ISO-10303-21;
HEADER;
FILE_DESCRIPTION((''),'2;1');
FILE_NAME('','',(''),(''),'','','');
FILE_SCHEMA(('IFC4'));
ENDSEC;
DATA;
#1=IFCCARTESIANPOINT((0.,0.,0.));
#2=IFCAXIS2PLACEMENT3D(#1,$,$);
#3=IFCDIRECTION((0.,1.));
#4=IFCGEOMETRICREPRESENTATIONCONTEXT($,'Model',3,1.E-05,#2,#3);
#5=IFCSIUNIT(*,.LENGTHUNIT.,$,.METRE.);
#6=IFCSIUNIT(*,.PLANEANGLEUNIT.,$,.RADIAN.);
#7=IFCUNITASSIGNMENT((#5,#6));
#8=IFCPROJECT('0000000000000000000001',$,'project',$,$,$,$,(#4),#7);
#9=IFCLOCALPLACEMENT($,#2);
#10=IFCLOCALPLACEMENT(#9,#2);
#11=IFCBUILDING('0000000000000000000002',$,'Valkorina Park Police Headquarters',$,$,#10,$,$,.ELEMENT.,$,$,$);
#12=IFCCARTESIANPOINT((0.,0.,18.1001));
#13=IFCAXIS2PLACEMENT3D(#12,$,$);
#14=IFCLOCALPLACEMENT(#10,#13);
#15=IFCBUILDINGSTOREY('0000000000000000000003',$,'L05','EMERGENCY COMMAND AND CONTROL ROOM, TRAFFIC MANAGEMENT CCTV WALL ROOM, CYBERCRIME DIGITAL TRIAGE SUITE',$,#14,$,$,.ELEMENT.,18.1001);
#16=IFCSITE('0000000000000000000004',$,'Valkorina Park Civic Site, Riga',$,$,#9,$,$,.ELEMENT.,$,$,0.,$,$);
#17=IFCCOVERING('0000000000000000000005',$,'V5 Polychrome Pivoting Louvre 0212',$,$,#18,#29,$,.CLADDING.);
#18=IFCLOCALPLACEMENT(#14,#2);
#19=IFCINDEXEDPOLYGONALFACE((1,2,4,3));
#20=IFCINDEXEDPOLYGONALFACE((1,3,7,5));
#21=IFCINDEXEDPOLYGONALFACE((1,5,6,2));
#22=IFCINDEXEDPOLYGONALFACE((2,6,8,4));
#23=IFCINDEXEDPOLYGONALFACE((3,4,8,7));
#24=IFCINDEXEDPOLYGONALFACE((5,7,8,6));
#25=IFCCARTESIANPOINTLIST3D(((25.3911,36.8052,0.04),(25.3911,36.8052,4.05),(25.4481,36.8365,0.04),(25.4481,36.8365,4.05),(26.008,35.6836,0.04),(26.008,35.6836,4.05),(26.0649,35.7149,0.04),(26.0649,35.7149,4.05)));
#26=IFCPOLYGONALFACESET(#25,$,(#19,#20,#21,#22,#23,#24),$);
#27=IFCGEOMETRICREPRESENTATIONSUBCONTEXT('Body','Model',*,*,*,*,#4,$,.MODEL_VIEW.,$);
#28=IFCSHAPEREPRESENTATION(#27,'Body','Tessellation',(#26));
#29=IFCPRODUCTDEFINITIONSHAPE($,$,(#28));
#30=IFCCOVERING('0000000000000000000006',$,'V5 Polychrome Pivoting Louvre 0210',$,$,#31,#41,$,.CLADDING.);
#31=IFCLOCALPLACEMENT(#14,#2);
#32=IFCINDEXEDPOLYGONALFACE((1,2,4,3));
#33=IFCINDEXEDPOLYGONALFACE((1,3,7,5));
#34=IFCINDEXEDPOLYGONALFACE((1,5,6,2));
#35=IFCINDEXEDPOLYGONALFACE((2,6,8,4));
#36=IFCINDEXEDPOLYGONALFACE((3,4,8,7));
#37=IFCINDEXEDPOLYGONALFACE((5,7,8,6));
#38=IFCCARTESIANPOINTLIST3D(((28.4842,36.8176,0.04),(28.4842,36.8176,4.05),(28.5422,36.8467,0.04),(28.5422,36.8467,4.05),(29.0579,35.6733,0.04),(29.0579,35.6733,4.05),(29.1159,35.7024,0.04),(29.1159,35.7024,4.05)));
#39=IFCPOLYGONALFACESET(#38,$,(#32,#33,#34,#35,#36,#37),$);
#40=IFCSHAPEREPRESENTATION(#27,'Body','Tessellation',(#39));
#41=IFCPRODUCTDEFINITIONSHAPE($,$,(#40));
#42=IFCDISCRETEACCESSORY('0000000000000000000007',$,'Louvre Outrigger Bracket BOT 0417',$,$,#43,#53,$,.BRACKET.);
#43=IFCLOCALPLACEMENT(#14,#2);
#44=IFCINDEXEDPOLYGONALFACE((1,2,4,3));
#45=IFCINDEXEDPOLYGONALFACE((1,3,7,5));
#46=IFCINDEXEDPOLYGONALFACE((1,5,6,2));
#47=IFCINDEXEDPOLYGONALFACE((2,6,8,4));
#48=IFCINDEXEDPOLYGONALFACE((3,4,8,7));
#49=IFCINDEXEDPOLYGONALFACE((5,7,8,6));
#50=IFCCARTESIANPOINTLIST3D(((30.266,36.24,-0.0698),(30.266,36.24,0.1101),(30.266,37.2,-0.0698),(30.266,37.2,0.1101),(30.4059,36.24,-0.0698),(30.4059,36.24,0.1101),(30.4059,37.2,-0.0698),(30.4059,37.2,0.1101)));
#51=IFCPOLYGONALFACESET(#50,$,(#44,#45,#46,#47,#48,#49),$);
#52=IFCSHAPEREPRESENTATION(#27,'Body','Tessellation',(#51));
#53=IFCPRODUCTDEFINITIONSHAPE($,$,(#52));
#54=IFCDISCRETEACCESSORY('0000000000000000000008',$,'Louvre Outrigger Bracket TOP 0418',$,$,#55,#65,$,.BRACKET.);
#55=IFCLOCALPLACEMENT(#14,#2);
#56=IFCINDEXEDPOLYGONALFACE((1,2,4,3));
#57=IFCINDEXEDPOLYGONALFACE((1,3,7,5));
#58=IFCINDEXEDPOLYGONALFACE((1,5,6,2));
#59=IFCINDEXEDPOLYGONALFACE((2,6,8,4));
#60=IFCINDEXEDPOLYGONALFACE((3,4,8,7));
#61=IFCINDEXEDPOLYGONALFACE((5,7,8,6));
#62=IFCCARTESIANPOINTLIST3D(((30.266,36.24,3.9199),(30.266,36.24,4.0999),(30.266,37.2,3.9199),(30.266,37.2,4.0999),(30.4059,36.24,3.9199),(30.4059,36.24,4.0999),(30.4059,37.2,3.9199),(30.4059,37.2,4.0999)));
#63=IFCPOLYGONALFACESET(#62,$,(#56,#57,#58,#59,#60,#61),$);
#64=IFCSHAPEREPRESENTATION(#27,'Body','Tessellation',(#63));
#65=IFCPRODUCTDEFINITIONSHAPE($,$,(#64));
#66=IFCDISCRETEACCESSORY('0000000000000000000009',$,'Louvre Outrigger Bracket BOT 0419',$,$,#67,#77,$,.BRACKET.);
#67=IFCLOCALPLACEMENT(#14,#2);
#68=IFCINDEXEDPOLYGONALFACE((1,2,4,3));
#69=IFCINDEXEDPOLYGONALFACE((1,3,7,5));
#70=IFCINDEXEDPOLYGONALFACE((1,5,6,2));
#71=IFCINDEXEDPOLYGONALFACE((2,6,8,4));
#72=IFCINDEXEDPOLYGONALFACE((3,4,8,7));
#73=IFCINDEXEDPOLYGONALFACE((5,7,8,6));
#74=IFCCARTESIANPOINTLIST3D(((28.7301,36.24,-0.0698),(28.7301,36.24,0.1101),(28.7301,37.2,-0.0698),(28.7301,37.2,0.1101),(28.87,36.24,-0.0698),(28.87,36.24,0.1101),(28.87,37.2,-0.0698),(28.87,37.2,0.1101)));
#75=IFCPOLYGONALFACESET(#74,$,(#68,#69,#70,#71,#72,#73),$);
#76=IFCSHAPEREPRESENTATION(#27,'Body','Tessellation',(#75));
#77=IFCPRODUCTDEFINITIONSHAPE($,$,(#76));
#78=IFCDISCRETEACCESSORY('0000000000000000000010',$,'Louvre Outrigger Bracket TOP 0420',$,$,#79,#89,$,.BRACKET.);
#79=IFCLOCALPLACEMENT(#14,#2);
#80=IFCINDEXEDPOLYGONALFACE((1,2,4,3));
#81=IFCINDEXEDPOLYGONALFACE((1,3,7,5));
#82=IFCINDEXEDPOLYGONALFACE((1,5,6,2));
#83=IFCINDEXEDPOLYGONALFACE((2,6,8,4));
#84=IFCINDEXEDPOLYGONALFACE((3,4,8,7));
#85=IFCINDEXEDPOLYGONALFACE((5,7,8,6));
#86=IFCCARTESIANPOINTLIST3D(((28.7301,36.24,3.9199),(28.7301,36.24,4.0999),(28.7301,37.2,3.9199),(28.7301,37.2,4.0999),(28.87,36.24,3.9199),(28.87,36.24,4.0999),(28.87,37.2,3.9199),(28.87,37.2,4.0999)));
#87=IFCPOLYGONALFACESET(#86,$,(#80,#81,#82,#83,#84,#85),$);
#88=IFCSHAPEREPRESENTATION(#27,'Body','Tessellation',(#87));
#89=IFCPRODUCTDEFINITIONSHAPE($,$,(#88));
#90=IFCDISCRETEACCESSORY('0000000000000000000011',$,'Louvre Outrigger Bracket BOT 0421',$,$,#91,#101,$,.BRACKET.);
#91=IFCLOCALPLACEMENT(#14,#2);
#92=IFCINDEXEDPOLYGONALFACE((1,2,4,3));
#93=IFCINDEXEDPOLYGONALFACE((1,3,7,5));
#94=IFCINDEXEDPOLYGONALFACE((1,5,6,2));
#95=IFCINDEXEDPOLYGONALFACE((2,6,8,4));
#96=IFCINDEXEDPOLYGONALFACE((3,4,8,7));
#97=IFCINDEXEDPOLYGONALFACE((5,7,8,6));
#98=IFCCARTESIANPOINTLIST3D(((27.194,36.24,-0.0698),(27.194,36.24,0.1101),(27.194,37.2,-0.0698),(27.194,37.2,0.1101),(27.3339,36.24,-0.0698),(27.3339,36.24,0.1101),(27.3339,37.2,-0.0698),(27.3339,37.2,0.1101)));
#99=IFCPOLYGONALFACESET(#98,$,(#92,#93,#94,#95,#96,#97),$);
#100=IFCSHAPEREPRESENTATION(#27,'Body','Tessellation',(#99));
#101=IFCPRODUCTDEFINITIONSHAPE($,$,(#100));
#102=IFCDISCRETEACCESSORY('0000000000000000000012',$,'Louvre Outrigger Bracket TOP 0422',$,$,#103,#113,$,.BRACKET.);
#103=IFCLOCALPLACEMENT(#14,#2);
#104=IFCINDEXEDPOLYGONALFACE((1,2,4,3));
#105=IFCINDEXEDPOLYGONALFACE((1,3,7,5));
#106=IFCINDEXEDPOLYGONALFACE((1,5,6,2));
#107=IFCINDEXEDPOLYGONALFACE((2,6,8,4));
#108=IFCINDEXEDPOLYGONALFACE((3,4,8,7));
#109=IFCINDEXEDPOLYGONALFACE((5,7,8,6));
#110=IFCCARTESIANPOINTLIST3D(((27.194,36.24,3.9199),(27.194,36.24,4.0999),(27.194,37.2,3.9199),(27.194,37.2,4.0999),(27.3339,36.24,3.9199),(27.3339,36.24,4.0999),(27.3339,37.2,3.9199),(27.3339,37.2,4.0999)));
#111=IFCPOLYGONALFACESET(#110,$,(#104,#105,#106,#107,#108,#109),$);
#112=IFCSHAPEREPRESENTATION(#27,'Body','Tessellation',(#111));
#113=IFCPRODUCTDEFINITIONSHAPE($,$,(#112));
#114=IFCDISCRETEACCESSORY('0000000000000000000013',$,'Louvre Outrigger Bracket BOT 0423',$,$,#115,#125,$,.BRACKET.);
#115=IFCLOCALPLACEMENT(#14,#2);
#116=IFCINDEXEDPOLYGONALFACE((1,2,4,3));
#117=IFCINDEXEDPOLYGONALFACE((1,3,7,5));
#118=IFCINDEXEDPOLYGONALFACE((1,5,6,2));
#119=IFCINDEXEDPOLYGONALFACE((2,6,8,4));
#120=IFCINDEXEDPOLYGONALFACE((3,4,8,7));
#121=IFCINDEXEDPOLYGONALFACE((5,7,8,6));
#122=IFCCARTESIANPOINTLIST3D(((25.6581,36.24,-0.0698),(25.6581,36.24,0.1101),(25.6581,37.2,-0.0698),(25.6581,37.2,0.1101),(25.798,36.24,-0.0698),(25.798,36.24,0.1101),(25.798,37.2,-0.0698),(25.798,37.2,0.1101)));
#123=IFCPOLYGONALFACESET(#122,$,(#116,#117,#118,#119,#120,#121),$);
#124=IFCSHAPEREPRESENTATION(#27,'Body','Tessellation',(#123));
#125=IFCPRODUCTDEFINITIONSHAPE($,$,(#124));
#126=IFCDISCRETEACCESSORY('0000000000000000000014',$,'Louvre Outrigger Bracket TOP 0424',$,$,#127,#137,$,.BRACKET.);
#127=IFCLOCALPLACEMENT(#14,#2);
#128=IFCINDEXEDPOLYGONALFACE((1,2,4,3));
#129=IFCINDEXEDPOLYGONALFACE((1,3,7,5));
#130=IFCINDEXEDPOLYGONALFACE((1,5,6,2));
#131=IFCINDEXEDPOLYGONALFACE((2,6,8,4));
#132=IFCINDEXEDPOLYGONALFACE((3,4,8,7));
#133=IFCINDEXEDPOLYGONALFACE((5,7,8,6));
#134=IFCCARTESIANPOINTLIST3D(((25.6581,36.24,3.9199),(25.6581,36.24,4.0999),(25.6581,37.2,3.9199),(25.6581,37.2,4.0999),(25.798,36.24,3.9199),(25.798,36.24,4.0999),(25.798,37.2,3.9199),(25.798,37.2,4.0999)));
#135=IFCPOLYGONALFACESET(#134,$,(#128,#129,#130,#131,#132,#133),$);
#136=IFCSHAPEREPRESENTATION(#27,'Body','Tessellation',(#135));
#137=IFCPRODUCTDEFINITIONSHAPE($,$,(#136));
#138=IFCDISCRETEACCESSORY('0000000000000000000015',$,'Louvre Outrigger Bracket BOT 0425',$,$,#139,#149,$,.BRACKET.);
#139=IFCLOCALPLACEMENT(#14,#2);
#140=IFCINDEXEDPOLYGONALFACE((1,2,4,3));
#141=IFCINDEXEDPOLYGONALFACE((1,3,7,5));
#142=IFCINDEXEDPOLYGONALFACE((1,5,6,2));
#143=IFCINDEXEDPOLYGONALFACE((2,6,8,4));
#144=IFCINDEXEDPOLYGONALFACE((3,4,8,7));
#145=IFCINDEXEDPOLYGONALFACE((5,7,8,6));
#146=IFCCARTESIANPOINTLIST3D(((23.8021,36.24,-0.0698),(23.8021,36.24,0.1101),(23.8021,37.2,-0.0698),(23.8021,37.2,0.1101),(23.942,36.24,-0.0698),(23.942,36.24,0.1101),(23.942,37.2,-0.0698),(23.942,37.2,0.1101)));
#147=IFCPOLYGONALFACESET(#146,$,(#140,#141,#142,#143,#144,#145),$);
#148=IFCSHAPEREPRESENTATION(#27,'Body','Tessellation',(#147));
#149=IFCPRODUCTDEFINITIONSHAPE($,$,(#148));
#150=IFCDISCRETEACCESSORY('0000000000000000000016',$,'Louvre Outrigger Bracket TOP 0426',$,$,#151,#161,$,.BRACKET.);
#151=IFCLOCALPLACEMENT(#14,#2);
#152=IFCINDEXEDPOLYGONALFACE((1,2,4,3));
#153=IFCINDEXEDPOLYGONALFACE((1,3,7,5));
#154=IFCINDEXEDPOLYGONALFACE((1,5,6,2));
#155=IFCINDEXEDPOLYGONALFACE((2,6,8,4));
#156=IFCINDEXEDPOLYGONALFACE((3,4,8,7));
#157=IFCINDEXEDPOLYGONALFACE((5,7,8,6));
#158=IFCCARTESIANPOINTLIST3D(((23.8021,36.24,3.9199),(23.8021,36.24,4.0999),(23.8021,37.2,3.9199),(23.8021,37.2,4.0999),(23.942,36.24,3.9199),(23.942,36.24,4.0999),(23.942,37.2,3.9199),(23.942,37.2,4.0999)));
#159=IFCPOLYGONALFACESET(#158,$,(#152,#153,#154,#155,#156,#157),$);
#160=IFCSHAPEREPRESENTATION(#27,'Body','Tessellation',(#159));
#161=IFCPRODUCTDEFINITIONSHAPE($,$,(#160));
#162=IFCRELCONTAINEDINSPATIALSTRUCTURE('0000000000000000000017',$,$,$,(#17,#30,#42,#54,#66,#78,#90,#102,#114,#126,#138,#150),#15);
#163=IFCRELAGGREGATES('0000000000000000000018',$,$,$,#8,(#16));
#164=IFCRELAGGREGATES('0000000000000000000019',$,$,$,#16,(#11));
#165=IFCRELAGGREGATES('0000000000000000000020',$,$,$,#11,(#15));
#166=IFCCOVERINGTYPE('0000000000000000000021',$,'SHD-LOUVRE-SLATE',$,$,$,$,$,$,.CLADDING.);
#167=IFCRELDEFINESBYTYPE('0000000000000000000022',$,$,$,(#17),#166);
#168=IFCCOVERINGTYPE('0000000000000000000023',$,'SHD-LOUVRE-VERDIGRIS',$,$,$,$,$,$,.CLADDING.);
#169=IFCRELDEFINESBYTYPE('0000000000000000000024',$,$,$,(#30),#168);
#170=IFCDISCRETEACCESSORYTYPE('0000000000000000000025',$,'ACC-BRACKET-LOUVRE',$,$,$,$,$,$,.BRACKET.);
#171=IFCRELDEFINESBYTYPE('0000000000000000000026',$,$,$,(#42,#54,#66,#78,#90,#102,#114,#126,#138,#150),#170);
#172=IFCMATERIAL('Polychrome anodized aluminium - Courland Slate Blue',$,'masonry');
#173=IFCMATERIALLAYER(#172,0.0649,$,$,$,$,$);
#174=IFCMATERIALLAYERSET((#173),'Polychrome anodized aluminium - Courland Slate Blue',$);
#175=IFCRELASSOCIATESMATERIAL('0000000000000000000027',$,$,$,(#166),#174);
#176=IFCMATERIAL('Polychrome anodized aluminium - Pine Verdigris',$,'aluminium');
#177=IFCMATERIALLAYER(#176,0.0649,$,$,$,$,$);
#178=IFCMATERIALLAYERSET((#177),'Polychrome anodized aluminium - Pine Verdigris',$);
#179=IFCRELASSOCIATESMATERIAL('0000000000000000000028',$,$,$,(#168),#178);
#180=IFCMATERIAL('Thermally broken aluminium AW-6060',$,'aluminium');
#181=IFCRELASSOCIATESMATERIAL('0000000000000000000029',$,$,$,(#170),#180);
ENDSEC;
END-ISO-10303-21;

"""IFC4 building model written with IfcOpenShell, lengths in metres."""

from ifc_helpers import new_model, si_unit, direction, frame, origin, origin_2d, place, context, subcontext, project, spatial, rectangle, extrude, material, layer, layer_set, type_object, element, save


model = new_model("IFC4")

# Units and contexts
model_context = context("Model", 3, precision=1e-05, world=origin(), true_north=direction((0.0, 1.0)))
body_context = subcontext(model_context, "Body", "Model", "MODEL_VIEW")
ifc_project = project(units=[si_unit("LENGTHUNIT", "METRE"), si_unit("PLANEANGLEUNIT", "RADIAN")], contexts=[model_context])

# Site, building, storey
site_placement = place(None, origin())
site = spatial("IfcSite", under=ifc_project, at=site_placement, Name="Valkorina Park Civic Site, Riga", CompositionType="ELEMENT", RefElevation=0.0)
building_placement = place(site_placement, origin())
building = spatial("IfcBuilding", under=site, at=building_placement, Name="Valkorina Park Police Headquarters", CompositionType="ELEMENT")
storey_placement = place(building_placement, frame((0.0, 0.0, 18.1001)))
storey = spatial("IfcBuildingStorey", under=building, at=storey_placement, Name="L05", Description="EMERGENCY COMMAND AND CONTROL ROOM, TRAFFIC MANAGEMENT CCTV WALL ROOM, CYBERCRIME DIGITAL TRIAGE SUITE", CompositionType="ELEMENT", Elevation=18.1001)

# Shared definitions
ifc_material_1 = material(Name="Thermally broken aluminium AW-6060", Category="aluminium")

# Coverings
ifc_material_2 = material(Name="Polychrome anodized aluminium - Courland Slate Blue", Category="masonry")
ifc_layer_1 = layer(ifc_material_2, 0.0649)
ifc_layer_set_1 = layer_set([ifc_layer_1], Name="Polychrome anodized aluminium - Courland Slate Blue")
covering_type_1 = type_object("IfcCoveringType", Name="SHD-LOUVRE-SLATE", PredefinedType="CLADDING", material=ifc_layer_set_1)
covering_1_placement = place(storey_placement, frame((25.728, 36.26, 0.04), z_axis=(0.0, 0.0, 1.0), x_axis=(0.481907, -0.876223, 0.0)))
element("IfcCovering", 1, at=covering_1_placement, inside=storey, type_object=covering_type_1, Name="V5 Polychrome Pivoting Louvre 0212", PredefinedType="CLADDING", context=body_context, shape_type="SweptSolid", body=[
    extrude(rectangle(XDim=1.28, YDim=0.0649, at=origin_2d()), origin(), (0.0, 0.0, 1.0), 4.01),
])
ifc_material_3 = material(Name="Polychrome anodized aluminium - Pine Verdigris", Category="aluminium")
ifc_layer_2 = layer(ifc_material_3, 0.0649)
ifc_layer_set_2 = layer_set([ifc_layer_2], Name="Polychrome anodized aluminium - Pine Verdigris")
covering_type_2 = type_object("IfcCoveringType", Name="SHD-LOUVRE-VERDIGRIS", PredefinedType="CLADDING", material=ifc_layer_set_2)
covering_2_placement = place(storey_placement, frame((28.8, 36.26, 0.04), z_axis=(0.0, 0.0, 1.0), x_axis=(0.448227, -0.89392, 0.0)))
element("IfcCovering", 2, at=covering_2_placement, inside=storey, type_object=covering_type_2, Name="V5 Polychrome Pivoting Louvre 0210", PredefinedType="CLADDING", context=body_context, shape_type="SweptSolid", body=[
    extrude(rectangle(XDim=1.28, YDim=0.0649, at=origin_2d()), origin(), (0.0, 0.0, 1.0), 4.01),
])

# Discrete accessories
discrete_accessory_type = type_object("IfcDiscreteAccessoryType", Name="ACC-BRACKET-LOUVRE", PredefinedType="BRACKET", material=ifc_material_1)
for number, where, z_axis, x_axis, name in (
    (3, (30.3359, 36.72, -0.0698), (0.0, 0.0, 1.0), (0.0, -1.0, 0.0), "Louvre Outrigger Bracket BOT 0417"),
    (4, (30.3359, 36.72, 3.9199), (0.0, 0.0, 1.0), (0.0, -1.0, 0.0), "Louvre Outrigger Bracket TOP 0418"),
    (5, (28.8, 36.72, -0.0698), (0.0, 0.0, 1.0), (0.0, -1.0, 0.0), "Louvre Outrigger Bracket BOT 0419"),
    (6, (28.8, 36.72, 3.9199), (0.0, 0.0, 1.0), (0.0, -1.0, 0.0), "Louvre Outrigger Bracket TOP 0420"),
    (7, (27.2639, 36.72, -0.0698), (0.0, 0.0, 1.0), (0.0, -1.0, 0.0), "Louvre Outrigger Bracket BOT 0421"),
    (8, (27.2639, 36.72, 3.9199), (0.0, 0.0, 1.0), (0.0, -1.0, 0.0), "Louvre Outrigger Bracket TOP 0422"),
    (9, (25.728, 36.72, -0.0698), (0.0, 0.0, 1.0), (0.0, -1.0, 0.0), "Louvre Outrigger Bracket BOT 0423"),
    (10, (25.728, 36.72, 3.9199), (0.0, 0.0, 1.0), (0.0, -1.0, 0.0), "Louvre Outrigger Bracket TOP 0424"),
    (11, (23.8721, 36.72, -0.0698), (0.0, 0.0, 1.0), (0.0, -1.0, 0.0), "Louvre Outrigger Bracket BOT 0425"),
    (12, (23.8721, 36.72, 3.9199), (0.0, 0.0, 1.0), (0.0, -1.0, 0.0), "Louvre Outrigger Bracket TOP 0426"),
):
    element("IfcDiscreteAccessory", number, at=place(storey_placement, frame(where, z_axis=z_axis, x_axis=x_axis)), inside=storey, type_object=discrete_accessory_type, Name=name, PredefinedType="BRACKET", context=body_context, shape_type="SweptSolid", body=[
        extrude(rectangle(XDim=0.96, YDim=0.1399, at=origin_2d()), origin(), (0.0, 0.0, 1.0), 0.1799),
    ])

save(model, "model.ifc")
